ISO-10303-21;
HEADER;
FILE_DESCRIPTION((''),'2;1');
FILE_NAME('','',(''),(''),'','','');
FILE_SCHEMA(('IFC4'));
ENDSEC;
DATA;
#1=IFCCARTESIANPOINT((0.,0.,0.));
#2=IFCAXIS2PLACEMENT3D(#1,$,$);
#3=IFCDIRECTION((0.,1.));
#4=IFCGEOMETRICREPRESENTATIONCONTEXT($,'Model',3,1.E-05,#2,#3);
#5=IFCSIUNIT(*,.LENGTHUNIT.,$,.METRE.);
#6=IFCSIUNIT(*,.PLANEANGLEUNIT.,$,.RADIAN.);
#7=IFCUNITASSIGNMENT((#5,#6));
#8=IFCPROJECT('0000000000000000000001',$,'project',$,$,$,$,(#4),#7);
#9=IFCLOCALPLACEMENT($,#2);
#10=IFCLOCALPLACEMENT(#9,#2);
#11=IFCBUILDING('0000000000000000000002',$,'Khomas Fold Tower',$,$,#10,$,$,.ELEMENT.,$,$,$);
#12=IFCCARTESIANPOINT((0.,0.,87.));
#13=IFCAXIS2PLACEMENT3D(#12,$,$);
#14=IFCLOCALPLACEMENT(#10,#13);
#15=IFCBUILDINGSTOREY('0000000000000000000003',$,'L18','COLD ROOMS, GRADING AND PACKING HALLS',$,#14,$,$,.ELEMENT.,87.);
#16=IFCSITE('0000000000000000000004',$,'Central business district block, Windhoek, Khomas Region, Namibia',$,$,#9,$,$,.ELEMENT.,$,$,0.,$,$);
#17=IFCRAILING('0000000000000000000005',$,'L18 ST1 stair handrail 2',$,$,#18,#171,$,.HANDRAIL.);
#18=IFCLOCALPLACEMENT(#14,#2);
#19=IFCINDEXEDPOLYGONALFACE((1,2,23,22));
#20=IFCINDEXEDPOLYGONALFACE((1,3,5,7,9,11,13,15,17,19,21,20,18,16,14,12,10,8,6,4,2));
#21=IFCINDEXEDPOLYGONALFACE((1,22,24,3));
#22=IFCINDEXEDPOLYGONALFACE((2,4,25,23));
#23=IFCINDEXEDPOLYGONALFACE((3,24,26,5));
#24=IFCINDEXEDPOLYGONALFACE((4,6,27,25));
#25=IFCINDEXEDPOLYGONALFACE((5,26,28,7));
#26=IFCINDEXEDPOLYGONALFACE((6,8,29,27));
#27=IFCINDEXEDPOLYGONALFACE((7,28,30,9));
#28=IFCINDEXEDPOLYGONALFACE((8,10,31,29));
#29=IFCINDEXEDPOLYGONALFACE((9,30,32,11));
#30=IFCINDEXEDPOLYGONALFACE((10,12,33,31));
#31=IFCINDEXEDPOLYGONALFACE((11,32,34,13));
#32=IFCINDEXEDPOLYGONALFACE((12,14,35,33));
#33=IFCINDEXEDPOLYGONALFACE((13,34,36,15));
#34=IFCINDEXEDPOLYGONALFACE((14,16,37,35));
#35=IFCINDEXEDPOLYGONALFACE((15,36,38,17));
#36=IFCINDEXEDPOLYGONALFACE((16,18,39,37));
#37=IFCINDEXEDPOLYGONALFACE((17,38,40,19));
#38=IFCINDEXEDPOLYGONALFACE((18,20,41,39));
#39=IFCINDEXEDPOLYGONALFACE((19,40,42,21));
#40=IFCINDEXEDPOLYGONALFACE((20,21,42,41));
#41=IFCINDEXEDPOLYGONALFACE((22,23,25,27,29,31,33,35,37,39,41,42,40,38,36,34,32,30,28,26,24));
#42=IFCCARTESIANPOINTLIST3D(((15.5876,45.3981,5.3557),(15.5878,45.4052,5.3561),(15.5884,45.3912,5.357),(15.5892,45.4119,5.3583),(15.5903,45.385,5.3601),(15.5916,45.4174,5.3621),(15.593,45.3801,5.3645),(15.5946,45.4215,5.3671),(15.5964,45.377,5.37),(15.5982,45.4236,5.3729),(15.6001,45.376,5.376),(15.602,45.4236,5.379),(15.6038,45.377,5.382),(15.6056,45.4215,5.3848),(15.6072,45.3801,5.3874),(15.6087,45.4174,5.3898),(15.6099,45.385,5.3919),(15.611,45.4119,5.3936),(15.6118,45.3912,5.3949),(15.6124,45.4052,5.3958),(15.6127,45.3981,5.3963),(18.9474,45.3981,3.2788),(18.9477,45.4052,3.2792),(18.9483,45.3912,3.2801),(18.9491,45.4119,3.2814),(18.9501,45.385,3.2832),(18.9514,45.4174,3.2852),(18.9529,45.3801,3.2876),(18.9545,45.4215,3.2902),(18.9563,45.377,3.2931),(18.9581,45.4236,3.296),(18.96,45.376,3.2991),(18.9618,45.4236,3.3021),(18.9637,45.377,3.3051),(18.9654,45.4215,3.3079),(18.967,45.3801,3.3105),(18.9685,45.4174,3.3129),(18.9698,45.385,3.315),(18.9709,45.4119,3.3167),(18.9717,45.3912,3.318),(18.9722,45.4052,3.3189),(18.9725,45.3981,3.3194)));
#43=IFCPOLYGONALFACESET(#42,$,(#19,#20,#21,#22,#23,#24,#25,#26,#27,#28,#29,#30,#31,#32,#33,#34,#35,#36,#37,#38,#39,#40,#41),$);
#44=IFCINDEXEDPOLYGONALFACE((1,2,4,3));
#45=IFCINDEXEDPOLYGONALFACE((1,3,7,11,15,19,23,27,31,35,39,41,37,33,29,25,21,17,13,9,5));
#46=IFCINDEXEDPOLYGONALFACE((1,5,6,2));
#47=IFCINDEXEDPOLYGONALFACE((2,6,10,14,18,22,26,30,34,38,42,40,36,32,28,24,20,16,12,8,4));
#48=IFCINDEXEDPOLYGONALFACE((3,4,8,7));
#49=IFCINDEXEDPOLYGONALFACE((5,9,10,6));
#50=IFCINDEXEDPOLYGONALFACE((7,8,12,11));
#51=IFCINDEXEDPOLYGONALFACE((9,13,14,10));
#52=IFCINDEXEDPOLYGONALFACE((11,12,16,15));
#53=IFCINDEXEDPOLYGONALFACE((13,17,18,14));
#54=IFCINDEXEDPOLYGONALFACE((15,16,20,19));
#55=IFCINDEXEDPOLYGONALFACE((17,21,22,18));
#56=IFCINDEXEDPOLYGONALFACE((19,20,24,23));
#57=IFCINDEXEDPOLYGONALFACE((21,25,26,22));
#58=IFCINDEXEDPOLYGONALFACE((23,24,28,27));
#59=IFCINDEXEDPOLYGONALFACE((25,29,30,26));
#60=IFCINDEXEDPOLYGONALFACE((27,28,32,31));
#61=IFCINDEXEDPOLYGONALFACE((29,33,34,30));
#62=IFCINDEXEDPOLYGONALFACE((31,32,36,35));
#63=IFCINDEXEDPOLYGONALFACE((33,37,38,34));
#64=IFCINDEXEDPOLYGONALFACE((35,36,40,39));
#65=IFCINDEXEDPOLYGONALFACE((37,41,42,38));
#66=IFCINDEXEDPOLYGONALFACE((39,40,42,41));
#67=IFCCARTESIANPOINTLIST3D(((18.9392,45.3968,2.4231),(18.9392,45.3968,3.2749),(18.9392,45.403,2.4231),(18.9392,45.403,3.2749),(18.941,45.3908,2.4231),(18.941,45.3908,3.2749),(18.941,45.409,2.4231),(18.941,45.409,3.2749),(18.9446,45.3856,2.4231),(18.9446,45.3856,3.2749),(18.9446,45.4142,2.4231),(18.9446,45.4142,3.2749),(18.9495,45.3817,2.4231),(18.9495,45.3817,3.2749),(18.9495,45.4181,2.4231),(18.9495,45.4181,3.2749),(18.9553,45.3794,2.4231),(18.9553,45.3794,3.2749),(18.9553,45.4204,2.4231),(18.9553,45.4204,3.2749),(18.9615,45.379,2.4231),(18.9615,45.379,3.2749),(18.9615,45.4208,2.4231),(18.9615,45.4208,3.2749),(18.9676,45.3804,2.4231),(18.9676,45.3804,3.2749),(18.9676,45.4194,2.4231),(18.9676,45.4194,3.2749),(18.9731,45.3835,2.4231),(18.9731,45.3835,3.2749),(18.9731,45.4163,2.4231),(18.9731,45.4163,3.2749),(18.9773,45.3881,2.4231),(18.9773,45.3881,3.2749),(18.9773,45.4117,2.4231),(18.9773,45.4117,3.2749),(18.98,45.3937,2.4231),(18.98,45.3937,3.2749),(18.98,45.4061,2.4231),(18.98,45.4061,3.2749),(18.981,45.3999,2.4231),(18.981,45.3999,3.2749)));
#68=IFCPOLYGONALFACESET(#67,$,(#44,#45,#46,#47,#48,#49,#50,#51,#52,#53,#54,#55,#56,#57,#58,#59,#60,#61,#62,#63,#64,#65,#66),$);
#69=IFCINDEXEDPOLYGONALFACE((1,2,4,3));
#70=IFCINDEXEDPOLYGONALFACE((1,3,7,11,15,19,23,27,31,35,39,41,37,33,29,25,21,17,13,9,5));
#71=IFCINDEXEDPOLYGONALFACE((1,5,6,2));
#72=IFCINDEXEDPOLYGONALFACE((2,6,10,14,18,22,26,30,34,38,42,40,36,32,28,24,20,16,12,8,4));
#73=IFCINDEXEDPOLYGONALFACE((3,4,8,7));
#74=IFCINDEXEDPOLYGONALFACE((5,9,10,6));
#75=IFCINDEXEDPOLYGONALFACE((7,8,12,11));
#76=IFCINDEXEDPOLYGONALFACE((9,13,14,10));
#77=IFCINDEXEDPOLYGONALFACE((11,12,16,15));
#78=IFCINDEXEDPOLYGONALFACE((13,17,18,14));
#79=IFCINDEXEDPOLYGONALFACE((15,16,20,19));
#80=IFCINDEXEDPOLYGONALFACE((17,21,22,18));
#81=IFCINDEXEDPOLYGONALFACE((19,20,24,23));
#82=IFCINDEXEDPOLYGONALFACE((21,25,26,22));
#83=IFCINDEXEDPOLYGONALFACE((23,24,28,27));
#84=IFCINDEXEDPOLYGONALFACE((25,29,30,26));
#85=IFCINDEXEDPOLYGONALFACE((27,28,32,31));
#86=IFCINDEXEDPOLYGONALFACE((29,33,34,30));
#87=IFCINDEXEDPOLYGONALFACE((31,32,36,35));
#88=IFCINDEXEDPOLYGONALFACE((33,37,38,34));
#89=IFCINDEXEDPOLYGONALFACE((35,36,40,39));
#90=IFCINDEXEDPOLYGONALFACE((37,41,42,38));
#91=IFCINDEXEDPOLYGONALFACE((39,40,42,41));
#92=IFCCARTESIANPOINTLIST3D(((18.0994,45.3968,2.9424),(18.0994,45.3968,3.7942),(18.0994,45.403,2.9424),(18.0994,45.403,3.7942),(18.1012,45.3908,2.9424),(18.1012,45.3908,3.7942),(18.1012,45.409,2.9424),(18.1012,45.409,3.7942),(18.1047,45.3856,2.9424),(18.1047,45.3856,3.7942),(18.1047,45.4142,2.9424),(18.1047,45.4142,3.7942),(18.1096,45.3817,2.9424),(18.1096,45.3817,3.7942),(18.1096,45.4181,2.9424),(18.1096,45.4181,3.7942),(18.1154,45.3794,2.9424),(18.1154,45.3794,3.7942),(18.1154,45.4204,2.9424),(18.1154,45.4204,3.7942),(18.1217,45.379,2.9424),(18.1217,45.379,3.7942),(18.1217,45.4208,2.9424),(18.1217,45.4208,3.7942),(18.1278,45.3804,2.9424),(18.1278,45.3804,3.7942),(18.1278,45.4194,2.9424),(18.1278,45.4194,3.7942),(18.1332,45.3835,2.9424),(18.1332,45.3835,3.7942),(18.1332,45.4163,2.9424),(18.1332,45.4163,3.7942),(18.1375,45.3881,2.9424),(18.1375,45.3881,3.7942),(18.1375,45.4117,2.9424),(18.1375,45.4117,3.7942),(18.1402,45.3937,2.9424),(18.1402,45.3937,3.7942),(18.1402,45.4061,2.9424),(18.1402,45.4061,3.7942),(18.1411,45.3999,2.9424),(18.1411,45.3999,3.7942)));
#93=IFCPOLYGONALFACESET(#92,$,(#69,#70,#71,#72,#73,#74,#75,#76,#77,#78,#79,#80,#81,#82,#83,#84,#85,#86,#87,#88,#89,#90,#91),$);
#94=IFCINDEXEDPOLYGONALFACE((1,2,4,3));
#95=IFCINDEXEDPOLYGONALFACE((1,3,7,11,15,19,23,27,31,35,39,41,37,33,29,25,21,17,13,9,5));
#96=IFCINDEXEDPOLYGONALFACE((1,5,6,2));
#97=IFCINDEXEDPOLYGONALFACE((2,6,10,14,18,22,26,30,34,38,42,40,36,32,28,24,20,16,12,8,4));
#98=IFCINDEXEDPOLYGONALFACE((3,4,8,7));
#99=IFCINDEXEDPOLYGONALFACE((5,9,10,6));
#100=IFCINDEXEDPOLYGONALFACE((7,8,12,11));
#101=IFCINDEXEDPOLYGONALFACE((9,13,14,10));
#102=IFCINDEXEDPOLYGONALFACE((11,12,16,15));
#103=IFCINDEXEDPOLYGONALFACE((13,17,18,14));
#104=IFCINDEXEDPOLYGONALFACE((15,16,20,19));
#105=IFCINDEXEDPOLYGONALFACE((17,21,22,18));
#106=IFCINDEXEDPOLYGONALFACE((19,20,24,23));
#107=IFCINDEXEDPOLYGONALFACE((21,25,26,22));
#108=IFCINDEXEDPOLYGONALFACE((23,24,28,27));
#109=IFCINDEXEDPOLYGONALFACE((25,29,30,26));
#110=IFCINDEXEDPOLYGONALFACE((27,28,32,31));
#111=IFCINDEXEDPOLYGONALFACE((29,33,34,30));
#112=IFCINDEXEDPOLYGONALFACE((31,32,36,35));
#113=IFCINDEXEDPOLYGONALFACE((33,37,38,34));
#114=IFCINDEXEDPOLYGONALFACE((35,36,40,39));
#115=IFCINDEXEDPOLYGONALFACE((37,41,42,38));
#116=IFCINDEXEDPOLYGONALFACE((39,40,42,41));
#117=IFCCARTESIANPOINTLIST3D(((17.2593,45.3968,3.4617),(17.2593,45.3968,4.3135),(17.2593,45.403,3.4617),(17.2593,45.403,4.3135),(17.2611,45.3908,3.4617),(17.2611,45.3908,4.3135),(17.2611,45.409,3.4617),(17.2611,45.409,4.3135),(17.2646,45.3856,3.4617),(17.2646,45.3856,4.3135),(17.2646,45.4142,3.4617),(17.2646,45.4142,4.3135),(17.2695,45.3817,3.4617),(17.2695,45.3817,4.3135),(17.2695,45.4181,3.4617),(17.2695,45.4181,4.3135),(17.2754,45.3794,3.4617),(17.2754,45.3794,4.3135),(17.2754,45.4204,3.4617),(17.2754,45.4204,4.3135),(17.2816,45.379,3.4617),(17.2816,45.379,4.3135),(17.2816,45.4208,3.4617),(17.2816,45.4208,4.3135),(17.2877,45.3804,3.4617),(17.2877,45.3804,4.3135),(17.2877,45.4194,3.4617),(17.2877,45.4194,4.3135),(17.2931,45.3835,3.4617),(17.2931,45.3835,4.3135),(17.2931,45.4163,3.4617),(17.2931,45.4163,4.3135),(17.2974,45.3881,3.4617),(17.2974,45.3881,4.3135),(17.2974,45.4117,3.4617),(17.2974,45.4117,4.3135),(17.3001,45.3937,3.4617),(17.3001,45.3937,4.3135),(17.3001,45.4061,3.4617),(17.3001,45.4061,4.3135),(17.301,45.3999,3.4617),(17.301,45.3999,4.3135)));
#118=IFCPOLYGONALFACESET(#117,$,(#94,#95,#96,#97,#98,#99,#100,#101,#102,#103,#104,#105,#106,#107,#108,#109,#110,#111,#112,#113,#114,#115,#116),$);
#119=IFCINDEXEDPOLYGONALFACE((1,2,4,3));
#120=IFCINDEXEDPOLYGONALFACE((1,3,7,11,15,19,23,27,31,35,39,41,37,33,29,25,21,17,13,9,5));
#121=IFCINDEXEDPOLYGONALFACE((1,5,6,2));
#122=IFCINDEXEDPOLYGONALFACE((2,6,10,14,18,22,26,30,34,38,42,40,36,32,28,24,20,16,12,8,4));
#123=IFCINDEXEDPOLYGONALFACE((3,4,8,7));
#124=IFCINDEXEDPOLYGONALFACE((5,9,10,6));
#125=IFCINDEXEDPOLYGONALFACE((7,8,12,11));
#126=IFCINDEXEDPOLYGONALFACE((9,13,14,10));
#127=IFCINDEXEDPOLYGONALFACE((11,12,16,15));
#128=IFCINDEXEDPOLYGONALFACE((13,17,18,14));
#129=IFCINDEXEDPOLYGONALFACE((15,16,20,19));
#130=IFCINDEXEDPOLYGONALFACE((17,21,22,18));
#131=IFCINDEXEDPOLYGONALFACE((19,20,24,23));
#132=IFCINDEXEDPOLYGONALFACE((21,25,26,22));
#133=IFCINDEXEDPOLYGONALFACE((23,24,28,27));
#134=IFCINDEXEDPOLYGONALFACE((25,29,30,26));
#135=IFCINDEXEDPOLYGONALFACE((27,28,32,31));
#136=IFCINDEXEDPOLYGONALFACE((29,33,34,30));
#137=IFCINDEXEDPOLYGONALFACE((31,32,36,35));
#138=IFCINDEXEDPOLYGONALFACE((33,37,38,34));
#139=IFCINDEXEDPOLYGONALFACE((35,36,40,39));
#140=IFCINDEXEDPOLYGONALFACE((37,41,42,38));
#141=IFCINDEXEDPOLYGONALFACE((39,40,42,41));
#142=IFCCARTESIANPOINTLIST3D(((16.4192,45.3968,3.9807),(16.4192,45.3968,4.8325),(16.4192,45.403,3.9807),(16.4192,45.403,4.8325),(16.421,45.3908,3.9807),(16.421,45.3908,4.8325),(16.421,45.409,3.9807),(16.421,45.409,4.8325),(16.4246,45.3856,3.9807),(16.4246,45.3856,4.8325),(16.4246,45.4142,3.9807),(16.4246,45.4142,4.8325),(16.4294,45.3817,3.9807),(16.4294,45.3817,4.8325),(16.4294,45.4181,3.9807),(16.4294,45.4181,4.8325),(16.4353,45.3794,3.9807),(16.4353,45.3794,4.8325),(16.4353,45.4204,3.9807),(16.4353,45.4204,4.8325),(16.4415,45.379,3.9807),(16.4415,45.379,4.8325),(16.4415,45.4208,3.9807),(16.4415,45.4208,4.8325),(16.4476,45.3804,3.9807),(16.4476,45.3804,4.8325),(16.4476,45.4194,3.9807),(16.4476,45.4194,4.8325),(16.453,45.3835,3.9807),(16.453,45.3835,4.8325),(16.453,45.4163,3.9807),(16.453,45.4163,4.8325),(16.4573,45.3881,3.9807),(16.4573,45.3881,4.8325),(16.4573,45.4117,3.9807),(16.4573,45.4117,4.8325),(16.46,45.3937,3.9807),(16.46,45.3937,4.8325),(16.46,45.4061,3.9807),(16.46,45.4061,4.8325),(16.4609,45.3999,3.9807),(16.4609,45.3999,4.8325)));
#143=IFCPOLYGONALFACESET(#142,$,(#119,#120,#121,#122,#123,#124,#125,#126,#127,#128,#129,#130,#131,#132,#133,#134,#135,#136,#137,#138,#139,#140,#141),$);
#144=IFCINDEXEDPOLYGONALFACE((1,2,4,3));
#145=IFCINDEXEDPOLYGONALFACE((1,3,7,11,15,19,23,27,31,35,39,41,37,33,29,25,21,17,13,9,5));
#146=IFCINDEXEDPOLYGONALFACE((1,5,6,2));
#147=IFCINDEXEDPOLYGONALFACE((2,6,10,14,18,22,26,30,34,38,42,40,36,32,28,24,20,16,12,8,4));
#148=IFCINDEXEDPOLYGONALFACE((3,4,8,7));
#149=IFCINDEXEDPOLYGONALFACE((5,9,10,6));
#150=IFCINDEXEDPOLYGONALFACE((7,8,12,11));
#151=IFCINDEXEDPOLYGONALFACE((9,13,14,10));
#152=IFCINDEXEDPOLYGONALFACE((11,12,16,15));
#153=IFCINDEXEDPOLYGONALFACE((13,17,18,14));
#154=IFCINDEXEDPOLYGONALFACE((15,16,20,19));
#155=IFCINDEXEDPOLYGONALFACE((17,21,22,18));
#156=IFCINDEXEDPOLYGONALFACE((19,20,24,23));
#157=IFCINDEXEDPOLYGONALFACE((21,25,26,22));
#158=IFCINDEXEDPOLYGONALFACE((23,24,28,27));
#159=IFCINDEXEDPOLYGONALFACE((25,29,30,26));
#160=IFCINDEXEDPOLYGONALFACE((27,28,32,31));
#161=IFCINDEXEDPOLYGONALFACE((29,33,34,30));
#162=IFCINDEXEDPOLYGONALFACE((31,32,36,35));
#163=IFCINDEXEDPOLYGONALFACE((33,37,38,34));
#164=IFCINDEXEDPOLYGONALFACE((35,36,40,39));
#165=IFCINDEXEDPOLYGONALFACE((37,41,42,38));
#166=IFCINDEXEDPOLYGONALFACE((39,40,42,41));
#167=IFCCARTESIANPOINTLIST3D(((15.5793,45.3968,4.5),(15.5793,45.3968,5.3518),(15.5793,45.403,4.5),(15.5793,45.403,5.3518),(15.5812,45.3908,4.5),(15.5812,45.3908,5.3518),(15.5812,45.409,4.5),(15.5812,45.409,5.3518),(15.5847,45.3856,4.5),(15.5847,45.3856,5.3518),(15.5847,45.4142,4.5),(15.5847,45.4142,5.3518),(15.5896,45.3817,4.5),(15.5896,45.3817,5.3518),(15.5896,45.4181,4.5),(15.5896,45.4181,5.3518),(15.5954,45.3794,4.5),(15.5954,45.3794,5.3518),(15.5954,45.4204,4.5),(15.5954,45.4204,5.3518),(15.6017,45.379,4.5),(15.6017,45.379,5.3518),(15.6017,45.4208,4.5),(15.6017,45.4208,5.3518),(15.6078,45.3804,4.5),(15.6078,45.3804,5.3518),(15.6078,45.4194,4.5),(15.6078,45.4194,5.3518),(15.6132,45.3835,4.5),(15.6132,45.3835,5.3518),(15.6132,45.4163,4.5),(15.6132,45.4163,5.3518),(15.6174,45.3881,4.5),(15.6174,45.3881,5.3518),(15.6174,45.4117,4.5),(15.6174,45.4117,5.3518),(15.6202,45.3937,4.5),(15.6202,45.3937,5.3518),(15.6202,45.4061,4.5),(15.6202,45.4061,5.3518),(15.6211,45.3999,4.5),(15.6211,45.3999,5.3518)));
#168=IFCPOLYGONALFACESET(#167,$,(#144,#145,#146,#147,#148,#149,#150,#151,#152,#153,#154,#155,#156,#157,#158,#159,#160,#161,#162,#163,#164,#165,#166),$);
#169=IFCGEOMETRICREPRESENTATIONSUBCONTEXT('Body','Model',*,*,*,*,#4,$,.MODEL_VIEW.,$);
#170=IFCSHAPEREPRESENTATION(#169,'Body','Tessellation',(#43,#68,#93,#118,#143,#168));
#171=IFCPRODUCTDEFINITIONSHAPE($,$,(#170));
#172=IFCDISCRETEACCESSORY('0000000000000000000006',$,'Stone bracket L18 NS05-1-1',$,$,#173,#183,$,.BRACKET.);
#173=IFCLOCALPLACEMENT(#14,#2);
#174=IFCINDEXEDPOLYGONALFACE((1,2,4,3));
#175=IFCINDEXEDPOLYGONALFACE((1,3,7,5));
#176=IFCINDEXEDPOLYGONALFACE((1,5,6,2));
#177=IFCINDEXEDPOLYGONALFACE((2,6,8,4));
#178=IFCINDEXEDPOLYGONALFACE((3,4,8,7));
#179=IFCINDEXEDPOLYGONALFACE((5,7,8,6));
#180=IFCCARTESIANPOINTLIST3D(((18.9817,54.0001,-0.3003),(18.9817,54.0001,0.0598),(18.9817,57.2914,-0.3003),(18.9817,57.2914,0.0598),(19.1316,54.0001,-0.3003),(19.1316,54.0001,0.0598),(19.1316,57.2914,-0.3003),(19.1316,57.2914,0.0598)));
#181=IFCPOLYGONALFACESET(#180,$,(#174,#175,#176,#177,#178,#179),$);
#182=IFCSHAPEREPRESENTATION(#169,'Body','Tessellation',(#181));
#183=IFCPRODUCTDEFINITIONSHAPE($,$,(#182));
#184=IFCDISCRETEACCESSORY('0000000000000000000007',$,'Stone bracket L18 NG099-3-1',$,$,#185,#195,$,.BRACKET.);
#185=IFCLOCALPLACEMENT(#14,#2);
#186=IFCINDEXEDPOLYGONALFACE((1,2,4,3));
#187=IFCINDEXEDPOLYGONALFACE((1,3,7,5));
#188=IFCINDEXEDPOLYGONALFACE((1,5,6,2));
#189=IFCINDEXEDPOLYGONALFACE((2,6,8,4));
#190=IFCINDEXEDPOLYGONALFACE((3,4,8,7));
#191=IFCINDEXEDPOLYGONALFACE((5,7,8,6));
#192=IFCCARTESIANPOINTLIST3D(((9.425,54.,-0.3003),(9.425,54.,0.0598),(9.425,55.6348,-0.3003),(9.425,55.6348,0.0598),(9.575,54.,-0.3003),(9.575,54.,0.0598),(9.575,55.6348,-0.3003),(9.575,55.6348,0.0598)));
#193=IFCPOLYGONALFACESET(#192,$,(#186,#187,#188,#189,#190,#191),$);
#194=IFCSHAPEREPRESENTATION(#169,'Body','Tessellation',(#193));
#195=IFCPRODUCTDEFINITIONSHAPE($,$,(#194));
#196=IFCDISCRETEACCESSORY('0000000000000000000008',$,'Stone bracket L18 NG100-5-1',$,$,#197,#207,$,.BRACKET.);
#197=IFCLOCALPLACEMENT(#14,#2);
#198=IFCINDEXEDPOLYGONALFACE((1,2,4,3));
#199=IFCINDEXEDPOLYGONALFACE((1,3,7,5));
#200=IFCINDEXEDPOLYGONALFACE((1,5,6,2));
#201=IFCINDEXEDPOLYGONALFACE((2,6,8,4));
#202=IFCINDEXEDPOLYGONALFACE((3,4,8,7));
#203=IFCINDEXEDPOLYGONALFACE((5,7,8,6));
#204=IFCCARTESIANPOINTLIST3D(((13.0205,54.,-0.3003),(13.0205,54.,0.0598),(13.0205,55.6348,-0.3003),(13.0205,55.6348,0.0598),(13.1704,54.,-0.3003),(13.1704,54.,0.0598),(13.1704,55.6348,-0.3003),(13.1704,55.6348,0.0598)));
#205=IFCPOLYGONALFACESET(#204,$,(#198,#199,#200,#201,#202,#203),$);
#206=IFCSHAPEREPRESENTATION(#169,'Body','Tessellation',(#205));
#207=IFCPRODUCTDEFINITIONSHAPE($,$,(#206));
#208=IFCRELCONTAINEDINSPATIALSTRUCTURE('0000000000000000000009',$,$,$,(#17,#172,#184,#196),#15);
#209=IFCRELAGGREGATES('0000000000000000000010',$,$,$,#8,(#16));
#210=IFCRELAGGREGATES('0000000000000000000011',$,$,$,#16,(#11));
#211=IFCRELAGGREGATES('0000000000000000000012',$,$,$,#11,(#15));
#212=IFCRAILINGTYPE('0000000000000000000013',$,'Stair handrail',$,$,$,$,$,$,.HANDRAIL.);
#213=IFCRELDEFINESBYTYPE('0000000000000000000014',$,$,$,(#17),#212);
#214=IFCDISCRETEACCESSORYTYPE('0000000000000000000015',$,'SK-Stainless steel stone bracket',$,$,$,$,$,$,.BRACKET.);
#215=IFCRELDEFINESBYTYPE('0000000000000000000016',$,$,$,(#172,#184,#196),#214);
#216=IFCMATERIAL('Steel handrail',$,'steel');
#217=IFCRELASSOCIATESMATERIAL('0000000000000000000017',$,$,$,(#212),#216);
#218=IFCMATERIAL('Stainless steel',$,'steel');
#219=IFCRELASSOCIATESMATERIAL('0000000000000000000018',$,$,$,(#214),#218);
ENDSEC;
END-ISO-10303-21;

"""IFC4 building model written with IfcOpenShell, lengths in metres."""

from ifc_helpers import new_model, si_unit, direction, frame, origin, origin_2d, place, context, subcontext, project, spatial, rectangle, circle, extrude, source, transform, mapped, material, type_object, element, save


model = new_model("IFC4")

# Units and contexts
model_context = context("Model", 3, precision=1e-05, world=origin(), true_north=direction((0.0, 1.0)))
body_context = subcontext(model_context, "Body", "Model", "MODEL_VIEW")
ifc_project = project(units=[si_unit("LENGTHUNIT", "METRE"), si_unit("PLANEANGLEUNIT", "RADIAN")], contexts=[model_context])

# Site, building, storey
site_placement = place(None, origin())
site = spatial("IfcSite", under=ifc_project, at=site_placement, Name="Central business district block, Windhoek, Khomas Region, Namibia", CompositionType="ELEMENT", RefElevation=0.0)
building_placement = place(site_placement, origin())
building = spatial("IfcBuilding", under=site, at=building_placement, Name="Khomas Fold Tower", CompositionType="ELEMENT")
storey_placement = place(building_placement, frame((0.0, 0.0, 87.0)))
storey = spatial("IfcBuildingStorey", under=building, at=storey_placement, Name="L18", Description="COLD ROOMS, GRADING AND PACKING HALLS", CompositionType="ELEMENT", Elevation=87.0)

# Railing
ifc_material_1 = material(Name="Steel handrail", Category="steel")
railing_type_1 = type_object("IfcRailingType", Name="Stair handrail", PredefinedType="HANDRAIL", material=ifc_material_1)
shared_shape_1 = source(origin(), body_context, "Body", "SweptSolid", [
    extrude(circle(Radius=0.0239, at=origin_2d()), frame((0.0, 0.0, 0.876), z_axis=(-0.850606, 0.0, 0.525803), x_axis=(0.0, -1.0, 0.0)), (0.0, 0.0, 1.0), 3.95),
    extrude(circle(Radius=0.021, at=origin_2d()), origin(), (0.0, 0.0, 1.0), 0.8518),
    extrude(circle(Radius=0.021, at=origin_2d()), frame((-0.8398, 0.0, 0.5193)), (0.0, 0.0, 1.0), 0.8518),
    extrude(circle(Radius=0.021, at=origin_2d()), frame((-1.6799, 0.0, 1.0386)), (0.0, 0.0, 1.0), 0.8518),
    extrude(circle(Radius=0.021, at=origin_2d()), frame((-2.52, 0.0, 1.5576)), (0.0, 0.0, 1.0), 0.8518),
    extrude(circle(Radius=0.021, at=origin_2d()), frame((-3.3599, 0.0, 2.0769)), (0.0, 0.0, 1.0), 0.8518),
])
railing_1_placement = place(storey_placement, frame((18.96, 45.3999, 2.4231)))
element("IfcRailing", 1, at=railing_1_placement, inside=storey, type_object=railing_type_1, Name="L18 ST1 stair handrail 2", PredefinedType="HANDRAIL", context=body_context, shape_type="MappedRepresentation", body=[
    mapped(shared_shape_1, transform((0.0, 0.0, 0.0))),
])

# Discrete accessories
ifc_material_2 = material(Name="Stainless steel", Category="steel")
discrete_accessory_type = type_object("IfcDiscreteAccessoryType", Name="SK-Stainless steel stone bracket", PredefinedType="BRACKET", material=ifc_material_2)
shared_shape_2 = source(origin(), body_context, "Body", "SweptSolid", [
    extrude(rectangle(XDim=3.2913, YDim=0.1499, at=origin_2d()), origin(), (0.0, 0.0, 1.0), 0.3601),
])
discrete_accessory_1_placement = place(storey_placement, frame((19.0566, 55.6458, -0.3003), z_axis=(0.0, 0.0, 1.0), x_axis=(0.0, 1.0, 0.0)))
element("IfcDiscreteAccessory", 2, at=discrete_accessory_1_placement, inside=storey, type_object=discrete_accessory_type, Name="Stone bracket L18 NS05-1-1", PredefinedType="BRACKET", context=body_context, shape_type="MappedRepresentation", body=[
    mapped(shared_shape_2, transform((0.0, 0.0, 0.0))),
])
shared_shape_3 = source(origin(), body_context, "Body", "SweptSolid", [
    extrude(rectangle(XDim=1.6348, YDim=0.1499, at=origin_2d()), origin(), (0.0, 0.0, 1.0), 0.3601),
])
for number, where, z_axis, x_axis, name in (
    (3, (9.5, 54.8174, -0.3003), (0.0, 0.0, 1.0), (0.0, 1.0, 0.0), "Stone bracket L18 NG099-3-1"),
    (4, (13.0955, 54.8174, -0.3003), (0.0, 0.0, 1.0), (0.0, 1.0, 0.0), "Stone bracket L18 NG100-5-1"),
):
    element("IfcDiscreteAccessory", number, at=place(storey_placement, frame(where, z_axis=z_axis, x_axis=x_axis)), inside=storey, type_object=discrete_accessory_type, Name=name, PredefinedType="BRACKET", context=body_context, shape_type="MappedRepresentation", body=[
        mapped(shared_shape_3, transform((0.0, 0.0, 0.0))),
    ])

save(model, "model.ifc")
